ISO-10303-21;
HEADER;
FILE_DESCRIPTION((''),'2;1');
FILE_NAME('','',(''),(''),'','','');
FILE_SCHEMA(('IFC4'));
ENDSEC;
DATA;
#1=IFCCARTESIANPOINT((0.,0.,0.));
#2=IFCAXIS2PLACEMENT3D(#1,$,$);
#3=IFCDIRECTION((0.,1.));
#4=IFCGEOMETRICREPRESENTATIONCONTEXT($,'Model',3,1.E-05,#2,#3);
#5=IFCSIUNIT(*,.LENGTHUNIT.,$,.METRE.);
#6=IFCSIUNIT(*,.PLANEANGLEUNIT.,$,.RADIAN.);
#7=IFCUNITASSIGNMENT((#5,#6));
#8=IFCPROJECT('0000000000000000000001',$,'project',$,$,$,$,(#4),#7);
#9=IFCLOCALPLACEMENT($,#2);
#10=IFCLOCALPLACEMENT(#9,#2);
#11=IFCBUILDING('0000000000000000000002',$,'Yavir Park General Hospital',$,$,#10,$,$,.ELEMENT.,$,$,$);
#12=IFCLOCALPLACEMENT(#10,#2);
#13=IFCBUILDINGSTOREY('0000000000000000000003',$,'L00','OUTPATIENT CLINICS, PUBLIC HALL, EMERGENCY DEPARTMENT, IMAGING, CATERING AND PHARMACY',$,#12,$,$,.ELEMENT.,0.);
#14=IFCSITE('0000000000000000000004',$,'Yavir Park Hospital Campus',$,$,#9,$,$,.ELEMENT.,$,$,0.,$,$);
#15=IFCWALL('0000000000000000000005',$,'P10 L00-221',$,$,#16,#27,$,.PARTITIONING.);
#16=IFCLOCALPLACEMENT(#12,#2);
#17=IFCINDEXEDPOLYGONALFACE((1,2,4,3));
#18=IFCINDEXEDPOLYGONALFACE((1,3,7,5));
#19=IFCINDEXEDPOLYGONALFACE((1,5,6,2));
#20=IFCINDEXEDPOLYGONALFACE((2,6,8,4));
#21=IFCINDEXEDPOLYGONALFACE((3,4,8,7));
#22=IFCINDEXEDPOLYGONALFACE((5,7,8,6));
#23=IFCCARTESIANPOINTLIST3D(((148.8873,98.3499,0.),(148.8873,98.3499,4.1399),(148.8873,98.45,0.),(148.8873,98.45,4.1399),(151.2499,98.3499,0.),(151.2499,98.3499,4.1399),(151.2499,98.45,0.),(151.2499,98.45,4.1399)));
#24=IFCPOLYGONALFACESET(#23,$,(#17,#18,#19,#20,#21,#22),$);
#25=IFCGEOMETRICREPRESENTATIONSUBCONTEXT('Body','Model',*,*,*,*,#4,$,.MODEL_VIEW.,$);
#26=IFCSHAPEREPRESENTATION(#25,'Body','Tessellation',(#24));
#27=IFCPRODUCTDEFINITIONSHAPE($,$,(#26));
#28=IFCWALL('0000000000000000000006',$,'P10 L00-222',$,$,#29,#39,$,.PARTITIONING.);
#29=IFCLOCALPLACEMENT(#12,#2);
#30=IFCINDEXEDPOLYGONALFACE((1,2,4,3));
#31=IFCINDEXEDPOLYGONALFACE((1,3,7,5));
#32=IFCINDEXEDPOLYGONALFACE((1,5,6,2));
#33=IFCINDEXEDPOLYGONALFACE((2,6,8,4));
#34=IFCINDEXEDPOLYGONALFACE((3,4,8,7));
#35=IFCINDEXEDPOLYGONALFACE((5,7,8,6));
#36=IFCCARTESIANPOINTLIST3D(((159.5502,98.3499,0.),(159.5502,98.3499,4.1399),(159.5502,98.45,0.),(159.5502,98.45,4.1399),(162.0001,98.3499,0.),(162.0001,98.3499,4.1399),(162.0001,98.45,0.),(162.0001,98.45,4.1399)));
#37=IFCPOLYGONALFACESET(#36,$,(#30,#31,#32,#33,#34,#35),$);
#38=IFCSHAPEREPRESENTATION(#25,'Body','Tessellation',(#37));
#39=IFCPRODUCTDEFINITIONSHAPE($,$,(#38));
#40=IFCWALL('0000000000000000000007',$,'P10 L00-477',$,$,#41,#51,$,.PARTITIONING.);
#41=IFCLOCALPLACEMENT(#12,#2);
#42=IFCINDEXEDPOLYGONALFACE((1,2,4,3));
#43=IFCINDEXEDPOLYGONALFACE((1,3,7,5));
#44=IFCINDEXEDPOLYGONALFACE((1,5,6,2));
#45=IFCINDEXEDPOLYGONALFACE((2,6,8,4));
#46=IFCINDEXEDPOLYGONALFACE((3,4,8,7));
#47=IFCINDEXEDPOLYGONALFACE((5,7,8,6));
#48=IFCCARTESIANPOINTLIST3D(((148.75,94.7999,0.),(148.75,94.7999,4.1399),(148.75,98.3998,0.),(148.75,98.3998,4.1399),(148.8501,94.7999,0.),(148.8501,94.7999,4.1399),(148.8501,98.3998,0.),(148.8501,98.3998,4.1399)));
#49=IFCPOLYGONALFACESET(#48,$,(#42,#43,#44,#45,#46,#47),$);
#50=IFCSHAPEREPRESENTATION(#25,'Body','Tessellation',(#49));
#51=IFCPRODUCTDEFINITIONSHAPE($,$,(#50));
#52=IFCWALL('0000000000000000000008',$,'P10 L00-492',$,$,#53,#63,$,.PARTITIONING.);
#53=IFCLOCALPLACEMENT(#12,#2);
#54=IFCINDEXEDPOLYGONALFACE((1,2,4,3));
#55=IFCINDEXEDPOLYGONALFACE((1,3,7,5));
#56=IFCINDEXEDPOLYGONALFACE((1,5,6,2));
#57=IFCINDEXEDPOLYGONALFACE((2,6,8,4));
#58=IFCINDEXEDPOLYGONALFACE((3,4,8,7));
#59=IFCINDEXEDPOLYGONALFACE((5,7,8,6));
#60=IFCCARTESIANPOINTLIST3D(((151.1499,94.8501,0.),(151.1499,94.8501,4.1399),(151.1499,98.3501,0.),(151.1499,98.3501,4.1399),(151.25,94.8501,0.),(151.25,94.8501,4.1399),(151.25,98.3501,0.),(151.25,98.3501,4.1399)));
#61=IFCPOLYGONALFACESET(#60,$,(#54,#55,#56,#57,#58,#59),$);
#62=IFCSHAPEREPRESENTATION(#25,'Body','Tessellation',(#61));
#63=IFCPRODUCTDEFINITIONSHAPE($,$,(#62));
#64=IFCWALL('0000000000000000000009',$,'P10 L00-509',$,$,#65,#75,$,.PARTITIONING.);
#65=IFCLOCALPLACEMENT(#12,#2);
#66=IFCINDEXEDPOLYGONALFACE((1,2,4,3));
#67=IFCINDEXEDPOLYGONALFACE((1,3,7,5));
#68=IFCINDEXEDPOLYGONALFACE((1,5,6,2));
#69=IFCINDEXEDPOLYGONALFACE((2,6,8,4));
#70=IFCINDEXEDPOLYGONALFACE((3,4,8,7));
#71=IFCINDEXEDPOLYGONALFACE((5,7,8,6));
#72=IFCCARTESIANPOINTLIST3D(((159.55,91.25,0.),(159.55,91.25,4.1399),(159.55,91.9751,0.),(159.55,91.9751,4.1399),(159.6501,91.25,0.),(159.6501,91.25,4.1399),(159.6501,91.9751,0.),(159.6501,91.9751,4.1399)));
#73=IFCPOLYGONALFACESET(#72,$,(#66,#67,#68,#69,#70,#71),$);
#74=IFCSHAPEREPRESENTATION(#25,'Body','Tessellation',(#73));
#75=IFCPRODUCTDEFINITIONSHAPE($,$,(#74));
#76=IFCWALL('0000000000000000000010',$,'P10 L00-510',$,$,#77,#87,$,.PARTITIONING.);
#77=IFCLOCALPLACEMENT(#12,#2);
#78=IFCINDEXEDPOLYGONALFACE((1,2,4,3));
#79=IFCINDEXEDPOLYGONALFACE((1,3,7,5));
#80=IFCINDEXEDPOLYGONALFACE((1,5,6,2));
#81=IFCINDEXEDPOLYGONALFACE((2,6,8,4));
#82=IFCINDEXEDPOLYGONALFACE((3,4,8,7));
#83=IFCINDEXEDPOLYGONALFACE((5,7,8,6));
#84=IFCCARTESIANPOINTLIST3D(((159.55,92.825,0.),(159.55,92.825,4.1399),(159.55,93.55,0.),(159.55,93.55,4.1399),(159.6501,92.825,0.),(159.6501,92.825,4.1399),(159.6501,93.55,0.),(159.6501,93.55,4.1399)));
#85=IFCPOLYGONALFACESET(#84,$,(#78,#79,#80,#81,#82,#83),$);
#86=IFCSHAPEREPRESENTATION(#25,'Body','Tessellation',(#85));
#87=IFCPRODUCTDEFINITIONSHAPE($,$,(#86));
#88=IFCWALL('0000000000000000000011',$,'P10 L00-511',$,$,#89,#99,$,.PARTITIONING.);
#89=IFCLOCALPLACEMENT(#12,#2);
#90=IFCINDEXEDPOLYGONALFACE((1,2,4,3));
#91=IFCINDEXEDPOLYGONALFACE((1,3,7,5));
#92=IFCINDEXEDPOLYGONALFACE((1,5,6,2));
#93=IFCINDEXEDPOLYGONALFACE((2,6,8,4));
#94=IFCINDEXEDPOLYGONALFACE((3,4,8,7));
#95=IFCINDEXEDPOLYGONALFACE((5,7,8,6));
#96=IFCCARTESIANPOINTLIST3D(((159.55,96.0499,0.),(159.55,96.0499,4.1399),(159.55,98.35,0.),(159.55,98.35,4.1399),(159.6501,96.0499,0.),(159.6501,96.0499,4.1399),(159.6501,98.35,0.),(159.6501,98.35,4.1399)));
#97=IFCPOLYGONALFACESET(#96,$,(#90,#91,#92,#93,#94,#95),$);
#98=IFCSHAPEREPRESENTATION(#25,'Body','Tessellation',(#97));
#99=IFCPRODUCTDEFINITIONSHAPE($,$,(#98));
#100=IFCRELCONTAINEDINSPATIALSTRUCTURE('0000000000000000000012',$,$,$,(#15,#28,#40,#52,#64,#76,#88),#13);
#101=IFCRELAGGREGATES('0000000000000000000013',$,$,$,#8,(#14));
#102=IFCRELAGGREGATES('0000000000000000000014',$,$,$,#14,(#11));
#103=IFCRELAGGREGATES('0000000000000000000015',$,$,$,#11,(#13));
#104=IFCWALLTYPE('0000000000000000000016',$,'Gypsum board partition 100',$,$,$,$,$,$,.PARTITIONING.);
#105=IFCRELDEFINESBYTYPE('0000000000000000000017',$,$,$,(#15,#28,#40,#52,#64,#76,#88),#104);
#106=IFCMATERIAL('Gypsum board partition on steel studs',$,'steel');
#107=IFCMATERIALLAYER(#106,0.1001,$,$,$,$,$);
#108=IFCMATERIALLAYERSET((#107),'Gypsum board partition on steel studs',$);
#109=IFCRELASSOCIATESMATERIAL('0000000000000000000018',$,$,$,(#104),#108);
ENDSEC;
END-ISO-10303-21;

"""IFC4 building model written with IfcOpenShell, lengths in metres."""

from ifc_helpers import new_model, si_unit, direction, frame, frame_2d, origin, place, context, subcontext, project, spatial, rectangle, extrude, material, layer, layer_set, type_object, element, save


model = new_model("IFC4")

# Units and contexts
model_context = context("Model", 3, precision=1e-05, world=origin(), true_north=direction((0.0, 1.0)))
body_context = subcontext(model_context, "Body", "Model", "MODEL_VIEW")
ifc_project = project(units=[si_unit("LENGTHUNIT", "METRE"), si_unit("PLANEANGLEUNIT", "RADIAN")], contexts=[model_context])

# Site, building, storey
site_placement = place(None, origin())
site = spatial("IfcSite", under=ifc_project, at=site_placement, Name="Yavir Park Hospital Campus", CompositionType="ELEMENT", RefElevation=0.0)
building_placement = place(site_placement, origin())
building = spatial("IfcBuilding", under=site, at=building_placement, Name="Yavir Park General Hospital", CompositionType="ELEMENT")
storey_placement = place(building_placement, origin())
storey = spatial("IfcBuildingStorey", under=building, at=storey_placement, Name="L00", Description="OUTPATIENT CLINICS, PUBLIC HALL, EMERGENCY DEPARTMENT, IMAGING, CATERING AND PHARMACY", CompositionType="ELEMENT", Elevation=0.0)

# Shared definitions
ifc_material_1 = material(Name="Gypsum board partition on steel studs", Category="steel")
ifc_layer_1 = layer(ifc_material_1, 0.1001)
ifc_layer_set_1 = layer_set([ifc_layer_1], Name="Gypsum board partition on steel studs")
wall_type_1 = type_object("IfcWallType", Name="Gypsum board partition 100", PredefinedType="PARTITIONING", material=ifc_layer_set_1)

# Walls
wall_1_placement = place(storey_placement, frame((148.8875, 98.3999, 0.0), z_axis=(0.0, 0.0, 1.0), x_axis=(1.0, 0.0, 0.0)))
element("IfcWall", 1, at=wall_1_placement, inside=storey, type_object=wall_type_1, Name="P10 L00-221", PredefinedType="PARTITIONING", context=body_context, shape_type="SweptSolid", body=[
    extrude(rectangle(XDim=2.3625, YDim=0.1001, at=frame_2d((1.1812, 0.0))), origin(), (0.0, 0.0, 1.0), 4.1399),
])
wall_2_placement = place(storey_placement, frame((159.55, 98.3999, 0.0), z_axis=(0.0, 0.0, 1.0), x_axis=(1.0, 0.0, 0.0)))
element("IfcWall", 2, at=wall_2_placement, inside=storey, type_object=wall_type_1, Name="P10 L00-222", PredefinedType="PARTITIONING", context=body_context, shape_type="SweptSolid", body=[
    extrude(rectangle(XDim=2.45, YDim=0.1001, at=frame_2d((1.2251, 0.0))), origin(), (0.0, 0.0, 1.0), 4.1399),
])
wall_3_placement = place(storey_placement, frame((148.8, 94.8, 0.0), z_axis=(0.0, 0.0, 1.0), x_axis=(0.0, 1.0, 0.0)))
element("IfcWall", 3, at=wall_3_placement, inside=storey, type_object=wall_type_1, Name="P10 L00-477", PredefinedType="PARTITIONING", context=body_context, shape_type="SweptSolid", body=[
    extrude(rectangle(XDim=3.5999, YDim=0.1001, at=frame_2d((1.7998, 0.0))), origin(), (0.0, 0.0, 1.0), 4.1399),
])
wall_4_placement = place(storey_placement, frame((151.2, 94.8501, 0.0), z_axis=(0.0, 0.0, 1.0), x_axis=(0.0, 1.0, 0.0)))
element("IfcWall", 4, at=wall_4_placement, inside=storey, type_object=wall_type_1, Name="P10 L00-492", PredefinedType="PARTITIONING", context=body_context, shape_type="SweptSolid", body=[
    extrude(rectangle(XDim=3.5, YDim=0.1001, at=frame_2d((1.75, 0.0))), origin(), (0.0, 0.0, 1.0), 4.1399),
])
for number, where, z_axis, x_axis, name in (
    (5, (159.6001, 91.25, 0.0), (0.0, 0.0, 1.0), (0.0, 1.0, 0.0), "P10 L00-509"),
    (6, (159.6001, 92.825, 0.0), (0.0, 0.0, 1.0), (0.0, 1.0, 0.0), "P10 L00-510"),
):
    element("IfcWall", number, at=place(storey_placement, frame(where, z_axis=z_axis, x_axis=x_axis)), inside=storey, type_object=wall_type_1, Name=name, PredefinedType="PARTITIONING", context=body_context, shape_type="SweptSolid", body=[
        extrude(rectangle(XDim=0.7251, YDim=0.1001, at=frame_2d((0.3625, 0.0))), origin(), (0.0, 0.0, 1.0), 4.1399),
    ])
wall_5_placement = place(storey_placement, frame((159.6001, 96.05, 0.0), z_axis=(0.0, 0.0, 1.0), x_axis=(0.0, 1.0, 0.0)))
element("IfcWall", 7, at=wall_5_placement, inside=storey, type_object=wall_type_1, Name="P10 L00-511", PredefinedType="PARTITIONING", context=body_context, shape_type="SweptSolid", body=[
    extrude(rectangle(XDim=2.3, YDim=0.1001, at=frame_2d((1.1499, 0.0))), origin(), (0.0, 0.0, 1.0), 4.1399),
])

save(model, "model.ifc")
